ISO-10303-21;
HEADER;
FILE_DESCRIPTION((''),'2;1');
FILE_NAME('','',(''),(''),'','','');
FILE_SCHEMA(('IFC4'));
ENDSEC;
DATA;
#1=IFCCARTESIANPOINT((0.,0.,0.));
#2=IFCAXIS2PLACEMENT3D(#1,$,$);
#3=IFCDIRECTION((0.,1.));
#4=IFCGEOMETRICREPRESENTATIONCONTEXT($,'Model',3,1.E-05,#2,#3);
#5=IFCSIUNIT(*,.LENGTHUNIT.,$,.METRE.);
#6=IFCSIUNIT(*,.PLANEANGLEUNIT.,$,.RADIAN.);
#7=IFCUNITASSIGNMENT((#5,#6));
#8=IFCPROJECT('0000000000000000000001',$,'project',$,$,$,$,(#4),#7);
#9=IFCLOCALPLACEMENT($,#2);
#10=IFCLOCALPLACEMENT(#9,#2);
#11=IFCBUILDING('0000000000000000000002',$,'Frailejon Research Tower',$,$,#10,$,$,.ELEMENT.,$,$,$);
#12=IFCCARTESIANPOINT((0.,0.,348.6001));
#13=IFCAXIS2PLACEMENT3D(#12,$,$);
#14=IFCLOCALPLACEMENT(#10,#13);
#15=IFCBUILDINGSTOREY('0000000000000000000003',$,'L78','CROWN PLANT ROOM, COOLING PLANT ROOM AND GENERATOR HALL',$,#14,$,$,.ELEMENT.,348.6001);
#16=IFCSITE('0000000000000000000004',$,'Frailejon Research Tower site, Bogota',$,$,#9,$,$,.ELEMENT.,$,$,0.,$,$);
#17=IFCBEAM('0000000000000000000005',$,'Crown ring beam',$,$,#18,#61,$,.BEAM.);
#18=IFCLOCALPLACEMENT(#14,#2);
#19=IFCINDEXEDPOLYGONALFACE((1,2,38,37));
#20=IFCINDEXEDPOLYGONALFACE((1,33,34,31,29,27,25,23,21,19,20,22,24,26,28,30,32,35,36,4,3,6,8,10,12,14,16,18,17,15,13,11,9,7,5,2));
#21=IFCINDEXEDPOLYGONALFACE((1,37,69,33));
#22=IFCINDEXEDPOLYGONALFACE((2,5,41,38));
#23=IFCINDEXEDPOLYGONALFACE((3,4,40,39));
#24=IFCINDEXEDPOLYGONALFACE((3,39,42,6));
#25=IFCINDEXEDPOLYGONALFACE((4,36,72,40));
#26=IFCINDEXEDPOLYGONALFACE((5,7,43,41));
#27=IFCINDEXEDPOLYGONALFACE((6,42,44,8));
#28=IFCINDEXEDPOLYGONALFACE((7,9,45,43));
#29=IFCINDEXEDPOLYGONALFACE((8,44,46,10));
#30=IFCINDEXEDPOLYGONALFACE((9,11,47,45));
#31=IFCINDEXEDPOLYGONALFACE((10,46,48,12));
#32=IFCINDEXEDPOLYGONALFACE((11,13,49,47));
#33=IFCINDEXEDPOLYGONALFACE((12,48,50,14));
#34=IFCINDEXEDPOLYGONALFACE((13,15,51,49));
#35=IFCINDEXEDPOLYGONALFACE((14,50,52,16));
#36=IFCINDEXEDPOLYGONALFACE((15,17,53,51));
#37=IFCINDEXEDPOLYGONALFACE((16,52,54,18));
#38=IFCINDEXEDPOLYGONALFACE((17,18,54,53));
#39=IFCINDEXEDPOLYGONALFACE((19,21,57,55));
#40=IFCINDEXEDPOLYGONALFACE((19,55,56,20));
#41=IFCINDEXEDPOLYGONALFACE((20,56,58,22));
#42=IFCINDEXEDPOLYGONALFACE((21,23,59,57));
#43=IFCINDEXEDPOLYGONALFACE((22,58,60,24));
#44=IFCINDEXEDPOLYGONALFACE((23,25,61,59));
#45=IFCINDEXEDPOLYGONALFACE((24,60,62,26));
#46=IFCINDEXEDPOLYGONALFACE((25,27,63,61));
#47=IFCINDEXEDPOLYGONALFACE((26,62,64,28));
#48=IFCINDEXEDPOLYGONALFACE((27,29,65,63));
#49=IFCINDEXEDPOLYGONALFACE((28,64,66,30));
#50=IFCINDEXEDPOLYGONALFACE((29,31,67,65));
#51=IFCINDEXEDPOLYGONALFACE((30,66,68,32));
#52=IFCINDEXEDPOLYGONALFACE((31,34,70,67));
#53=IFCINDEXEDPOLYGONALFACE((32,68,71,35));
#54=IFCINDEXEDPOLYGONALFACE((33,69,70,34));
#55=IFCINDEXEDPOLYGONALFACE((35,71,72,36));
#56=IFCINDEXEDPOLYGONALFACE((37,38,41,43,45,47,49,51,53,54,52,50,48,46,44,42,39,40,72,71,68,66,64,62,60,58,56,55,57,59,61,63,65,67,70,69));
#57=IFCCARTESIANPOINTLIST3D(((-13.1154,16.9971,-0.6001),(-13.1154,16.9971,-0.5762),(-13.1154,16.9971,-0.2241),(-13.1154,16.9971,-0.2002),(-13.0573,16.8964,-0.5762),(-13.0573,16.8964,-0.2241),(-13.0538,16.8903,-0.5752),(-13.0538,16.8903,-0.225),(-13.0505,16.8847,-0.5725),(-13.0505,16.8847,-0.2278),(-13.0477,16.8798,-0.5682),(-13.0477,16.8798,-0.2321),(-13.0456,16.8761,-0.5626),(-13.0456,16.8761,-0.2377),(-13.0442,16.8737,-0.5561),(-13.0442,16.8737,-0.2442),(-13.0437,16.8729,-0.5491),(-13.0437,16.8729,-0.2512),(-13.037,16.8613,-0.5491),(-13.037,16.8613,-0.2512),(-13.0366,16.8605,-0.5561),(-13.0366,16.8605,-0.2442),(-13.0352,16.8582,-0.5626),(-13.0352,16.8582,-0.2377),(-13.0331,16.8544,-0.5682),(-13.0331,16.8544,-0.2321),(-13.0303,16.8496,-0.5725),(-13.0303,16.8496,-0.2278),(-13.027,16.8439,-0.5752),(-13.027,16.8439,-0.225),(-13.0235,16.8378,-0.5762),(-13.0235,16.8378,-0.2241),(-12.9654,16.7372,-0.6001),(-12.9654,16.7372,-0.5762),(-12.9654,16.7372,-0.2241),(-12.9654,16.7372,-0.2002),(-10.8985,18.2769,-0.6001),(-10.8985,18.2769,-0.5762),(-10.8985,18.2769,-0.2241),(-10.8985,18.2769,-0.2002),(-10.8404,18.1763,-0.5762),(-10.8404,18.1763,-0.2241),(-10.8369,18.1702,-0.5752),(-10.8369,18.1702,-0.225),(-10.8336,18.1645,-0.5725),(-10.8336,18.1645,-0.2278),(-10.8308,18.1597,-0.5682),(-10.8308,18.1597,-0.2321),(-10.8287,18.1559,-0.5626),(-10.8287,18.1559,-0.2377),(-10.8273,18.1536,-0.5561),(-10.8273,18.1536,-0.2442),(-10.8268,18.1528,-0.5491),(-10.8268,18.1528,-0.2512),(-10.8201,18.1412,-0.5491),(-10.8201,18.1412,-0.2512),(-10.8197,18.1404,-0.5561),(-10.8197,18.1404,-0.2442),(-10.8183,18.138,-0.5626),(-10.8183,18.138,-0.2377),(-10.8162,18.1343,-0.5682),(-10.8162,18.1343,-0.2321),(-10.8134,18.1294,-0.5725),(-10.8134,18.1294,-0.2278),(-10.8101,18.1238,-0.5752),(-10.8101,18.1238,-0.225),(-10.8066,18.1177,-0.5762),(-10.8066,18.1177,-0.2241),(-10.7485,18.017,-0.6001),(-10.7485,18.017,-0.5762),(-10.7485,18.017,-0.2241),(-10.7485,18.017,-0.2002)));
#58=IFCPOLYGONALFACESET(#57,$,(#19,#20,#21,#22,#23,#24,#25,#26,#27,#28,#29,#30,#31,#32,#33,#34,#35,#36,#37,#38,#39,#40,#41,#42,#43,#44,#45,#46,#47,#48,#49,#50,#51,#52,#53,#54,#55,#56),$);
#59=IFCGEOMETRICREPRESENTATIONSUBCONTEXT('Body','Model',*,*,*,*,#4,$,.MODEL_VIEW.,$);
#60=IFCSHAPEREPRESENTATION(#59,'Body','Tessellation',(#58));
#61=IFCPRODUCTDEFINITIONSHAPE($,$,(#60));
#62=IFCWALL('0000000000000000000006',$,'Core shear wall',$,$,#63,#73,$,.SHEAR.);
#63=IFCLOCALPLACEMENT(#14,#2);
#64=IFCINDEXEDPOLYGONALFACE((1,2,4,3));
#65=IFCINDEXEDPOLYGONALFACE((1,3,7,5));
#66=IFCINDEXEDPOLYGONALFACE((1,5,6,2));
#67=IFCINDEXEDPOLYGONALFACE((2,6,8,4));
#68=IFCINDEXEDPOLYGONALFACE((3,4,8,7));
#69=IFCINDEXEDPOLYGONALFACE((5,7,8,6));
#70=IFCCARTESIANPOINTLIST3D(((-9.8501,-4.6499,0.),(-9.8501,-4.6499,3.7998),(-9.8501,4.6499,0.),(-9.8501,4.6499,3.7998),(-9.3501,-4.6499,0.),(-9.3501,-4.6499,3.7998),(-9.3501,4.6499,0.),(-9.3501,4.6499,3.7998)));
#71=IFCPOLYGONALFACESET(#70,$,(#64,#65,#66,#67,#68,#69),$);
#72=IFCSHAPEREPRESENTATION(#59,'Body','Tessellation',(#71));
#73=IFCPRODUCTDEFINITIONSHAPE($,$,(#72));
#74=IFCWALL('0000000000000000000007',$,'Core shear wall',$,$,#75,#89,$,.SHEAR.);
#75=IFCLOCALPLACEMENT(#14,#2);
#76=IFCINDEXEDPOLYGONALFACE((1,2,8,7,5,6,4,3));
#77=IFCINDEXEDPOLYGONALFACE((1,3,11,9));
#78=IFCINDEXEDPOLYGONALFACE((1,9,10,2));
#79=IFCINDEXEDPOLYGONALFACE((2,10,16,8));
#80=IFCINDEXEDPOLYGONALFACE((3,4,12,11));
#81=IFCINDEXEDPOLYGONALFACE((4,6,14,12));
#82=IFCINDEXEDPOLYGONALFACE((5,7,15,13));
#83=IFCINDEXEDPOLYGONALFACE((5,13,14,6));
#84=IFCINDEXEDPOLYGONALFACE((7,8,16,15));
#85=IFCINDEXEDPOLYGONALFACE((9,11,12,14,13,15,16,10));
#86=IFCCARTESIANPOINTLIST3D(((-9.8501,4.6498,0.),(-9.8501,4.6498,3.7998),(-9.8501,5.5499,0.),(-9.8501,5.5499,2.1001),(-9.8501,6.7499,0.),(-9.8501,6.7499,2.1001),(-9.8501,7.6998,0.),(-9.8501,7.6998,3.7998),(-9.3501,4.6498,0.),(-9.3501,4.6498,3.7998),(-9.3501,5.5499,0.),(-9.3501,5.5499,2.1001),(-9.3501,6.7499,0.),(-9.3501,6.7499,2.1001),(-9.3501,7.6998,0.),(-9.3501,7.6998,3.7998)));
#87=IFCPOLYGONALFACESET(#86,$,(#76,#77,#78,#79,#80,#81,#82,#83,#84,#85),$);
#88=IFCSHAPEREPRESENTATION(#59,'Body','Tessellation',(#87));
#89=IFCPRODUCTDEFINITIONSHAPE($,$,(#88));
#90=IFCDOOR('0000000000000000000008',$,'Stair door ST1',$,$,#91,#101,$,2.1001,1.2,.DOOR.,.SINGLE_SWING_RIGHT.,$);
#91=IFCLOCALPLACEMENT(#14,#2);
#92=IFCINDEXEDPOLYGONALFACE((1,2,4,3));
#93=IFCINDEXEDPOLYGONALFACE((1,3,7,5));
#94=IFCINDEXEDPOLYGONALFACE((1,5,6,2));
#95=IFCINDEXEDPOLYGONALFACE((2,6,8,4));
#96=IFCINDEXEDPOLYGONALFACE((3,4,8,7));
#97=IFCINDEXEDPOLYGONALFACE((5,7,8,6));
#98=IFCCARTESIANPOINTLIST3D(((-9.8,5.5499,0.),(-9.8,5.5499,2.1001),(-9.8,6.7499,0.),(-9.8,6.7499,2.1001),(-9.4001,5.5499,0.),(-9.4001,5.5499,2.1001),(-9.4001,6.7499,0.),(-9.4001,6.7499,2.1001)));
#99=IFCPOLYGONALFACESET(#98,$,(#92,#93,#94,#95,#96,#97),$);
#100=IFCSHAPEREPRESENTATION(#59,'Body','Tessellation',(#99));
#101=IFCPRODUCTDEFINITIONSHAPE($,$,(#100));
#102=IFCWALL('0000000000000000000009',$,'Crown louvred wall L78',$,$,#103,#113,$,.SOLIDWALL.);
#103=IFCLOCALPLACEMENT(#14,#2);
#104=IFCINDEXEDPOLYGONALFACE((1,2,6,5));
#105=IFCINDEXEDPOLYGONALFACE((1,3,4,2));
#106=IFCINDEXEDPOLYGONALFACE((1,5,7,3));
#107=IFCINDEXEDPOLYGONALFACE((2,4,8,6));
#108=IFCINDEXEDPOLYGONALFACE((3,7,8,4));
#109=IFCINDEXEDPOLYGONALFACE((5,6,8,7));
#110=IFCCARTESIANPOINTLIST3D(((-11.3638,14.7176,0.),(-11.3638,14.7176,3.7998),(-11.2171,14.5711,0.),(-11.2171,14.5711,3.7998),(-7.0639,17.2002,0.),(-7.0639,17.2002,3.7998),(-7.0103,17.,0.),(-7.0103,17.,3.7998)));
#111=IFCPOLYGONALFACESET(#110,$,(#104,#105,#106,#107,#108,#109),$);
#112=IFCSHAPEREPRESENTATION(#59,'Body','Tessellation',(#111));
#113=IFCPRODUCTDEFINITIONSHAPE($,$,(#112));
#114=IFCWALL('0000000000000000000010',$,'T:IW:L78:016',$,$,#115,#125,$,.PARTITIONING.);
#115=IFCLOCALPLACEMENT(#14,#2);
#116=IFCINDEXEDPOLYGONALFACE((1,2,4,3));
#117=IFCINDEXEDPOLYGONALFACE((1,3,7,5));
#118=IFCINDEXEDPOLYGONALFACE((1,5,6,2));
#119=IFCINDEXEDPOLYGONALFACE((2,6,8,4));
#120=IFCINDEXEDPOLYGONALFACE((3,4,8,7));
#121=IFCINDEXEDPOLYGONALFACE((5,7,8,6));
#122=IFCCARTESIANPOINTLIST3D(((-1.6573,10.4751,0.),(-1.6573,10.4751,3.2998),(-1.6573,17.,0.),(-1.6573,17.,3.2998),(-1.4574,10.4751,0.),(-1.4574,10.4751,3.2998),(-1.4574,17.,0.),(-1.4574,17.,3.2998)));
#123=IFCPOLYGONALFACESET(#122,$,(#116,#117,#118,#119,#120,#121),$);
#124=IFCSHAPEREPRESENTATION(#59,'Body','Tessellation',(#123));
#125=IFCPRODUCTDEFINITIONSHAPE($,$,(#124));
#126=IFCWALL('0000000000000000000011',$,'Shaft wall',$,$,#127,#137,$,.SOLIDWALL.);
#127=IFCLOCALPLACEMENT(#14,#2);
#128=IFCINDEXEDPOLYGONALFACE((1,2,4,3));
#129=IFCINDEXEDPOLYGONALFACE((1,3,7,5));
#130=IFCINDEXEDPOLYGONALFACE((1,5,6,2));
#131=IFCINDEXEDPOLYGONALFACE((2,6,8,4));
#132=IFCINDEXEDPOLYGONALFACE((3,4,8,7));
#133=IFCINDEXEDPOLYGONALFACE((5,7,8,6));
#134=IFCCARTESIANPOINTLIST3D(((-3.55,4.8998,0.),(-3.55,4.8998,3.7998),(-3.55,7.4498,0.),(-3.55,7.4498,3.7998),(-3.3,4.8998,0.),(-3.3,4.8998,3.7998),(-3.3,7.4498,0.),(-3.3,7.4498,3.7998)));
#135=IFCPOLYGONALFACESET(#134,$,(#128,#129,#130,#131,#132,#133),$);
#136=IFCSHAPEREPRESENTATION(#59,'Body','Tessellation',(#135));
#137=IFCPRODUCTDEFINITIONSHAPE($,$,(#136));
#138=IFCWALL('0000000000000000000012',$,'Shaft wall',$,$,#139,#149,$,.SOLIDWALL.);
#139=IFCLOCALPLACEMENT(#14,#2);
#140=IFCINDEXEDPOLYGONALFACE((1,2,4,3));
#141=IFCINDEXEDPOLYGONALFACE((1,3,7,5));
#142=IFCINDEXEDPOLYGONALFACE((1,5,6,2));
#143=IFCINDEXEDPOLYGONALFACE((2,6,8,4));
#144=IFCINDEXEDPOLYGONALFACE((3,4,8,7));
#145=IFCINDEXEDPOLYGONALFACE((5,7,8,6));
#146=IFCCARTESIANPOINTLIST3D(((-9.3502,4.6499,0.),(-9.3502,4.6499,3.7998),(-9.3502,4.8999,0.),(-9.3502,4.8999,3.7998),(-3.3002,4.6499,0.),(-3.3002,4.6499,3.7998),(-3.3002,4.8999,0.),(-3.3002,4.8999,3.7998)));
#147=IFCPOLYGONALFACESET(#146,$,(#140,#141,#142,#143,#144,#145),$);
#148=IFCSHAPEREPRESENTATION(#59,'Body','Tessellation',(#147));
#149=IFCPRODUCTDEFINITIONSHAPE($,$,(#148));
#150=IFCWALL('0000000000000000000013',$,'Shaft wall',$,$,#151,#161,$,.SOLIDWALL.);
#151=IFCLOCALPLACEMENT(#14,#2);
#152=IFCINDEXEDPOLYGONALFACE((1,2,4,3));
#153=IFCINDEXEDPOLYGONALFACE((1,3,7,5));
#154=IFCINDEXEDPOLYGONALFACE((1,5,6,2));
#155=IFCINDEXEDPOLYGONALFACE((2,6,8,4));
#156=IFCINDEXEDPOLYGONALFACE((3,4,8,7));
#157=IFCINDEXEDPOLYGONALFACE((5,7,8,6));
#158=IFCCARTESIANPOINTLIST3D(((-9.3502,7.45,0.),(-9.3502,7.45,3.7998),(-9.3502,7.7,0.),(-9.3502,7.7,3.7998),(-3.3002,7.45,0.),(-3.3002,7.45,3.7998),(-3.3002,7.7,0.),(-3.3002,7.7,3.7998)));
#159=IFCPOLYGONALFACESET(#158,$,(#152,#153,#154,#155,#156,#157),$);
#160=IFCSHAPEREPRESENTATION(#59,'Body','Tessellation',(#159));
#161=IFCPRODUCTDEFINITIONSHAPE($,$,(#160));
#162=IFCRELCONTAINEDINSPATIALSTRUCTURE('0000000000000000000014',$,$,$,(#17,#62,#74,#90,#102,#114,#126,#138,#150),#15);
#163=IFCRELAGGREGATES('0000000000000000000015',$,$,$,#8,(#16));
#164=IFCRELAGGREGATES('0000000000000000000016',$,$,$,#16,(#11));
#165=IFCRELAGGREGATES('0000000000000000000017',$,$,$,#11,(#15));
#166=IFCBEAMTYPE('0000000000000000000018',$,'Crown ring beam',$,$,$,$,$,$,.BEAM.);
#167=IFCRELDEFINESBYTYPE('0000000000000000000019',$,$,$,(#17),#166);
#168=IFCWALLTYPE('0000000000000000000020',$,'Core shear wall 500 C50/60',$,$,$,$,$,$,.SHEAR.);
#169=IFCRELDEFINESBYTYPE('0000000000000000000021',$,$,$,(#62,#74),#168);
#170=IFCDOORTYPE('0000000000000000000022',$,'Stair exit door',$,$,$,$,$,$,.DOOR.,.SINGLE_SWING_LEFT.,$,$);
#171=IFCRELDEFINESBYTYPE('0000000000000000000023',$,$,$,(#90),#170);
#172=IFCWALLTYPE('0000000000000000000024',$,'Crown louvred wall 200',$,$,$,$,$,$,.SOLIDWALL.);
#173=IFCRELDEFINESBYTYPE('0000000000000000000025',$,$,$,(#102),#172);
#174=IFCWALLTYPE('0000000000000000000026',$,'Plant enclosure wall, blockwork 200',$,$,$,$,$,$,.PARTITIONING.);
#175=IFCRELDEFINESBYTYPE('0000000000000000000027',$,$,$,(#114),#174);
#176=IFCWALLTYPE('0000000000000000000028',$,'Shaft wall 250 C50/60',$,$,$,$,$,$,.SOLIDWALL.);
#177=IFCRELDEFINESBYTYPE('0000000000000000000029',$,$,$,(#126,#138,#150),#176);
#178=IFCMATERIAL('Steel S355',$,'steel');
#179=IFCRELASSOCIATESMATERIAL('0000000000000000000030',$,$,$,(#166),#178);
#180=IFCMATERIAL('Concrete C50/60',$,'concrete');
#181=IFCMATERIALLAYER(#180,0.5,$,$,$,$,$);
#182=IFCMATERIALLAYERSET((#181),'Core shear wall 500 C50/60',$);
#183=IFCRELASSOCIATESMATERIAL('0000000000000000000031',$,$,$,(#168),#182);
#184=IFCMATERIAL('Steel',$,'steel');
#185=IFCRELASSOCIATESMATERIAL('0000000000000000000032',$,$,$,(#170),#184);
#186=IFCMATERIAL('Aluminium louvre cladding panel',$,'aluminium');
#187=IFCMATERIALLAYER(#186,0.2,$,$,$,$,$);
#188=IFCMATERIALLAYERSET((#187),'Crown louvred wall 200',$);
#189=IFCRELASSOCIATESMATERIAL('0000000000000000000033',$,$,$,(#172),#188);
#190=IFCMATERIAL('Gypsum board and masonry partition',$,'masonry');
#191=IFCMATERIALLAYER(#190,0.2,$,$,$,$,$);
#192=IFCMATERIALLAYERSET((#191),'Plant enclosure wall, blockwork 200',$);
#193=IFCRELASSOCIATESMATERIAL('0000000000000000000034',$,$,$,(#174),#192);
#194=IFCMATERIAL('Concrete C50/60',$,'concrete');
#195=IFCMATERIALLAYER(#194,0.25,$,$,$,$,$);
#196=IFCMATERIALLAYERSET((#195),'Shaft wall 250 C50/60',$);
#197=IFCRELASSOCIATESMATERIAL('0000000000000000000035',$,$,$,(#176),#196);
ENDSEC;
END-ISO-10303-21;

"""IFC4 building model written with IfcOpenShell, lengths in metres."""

from ifc_helpers import new_model, si_unit, direction, frame, frame_2d, origin, origin_2d, place, context, subcontext, project, spatial, polyline, rectangle, i_section, outline, extrude, material, layer, layer_set, material_profile, profile_set, type_object, element, fill, save


model = new_model("IFC4")

# Units and contexts
model_context = context("Model", 3, precision=1e-05, world=origin(), true_north=direction((0.0, 1.0)))
body_context = subcontext(model_context, "Body", "Model", "MODEL_VIEW")
ifc_project = project(units=[si_unit("LENGTHUNIT", "METRE"), si_unit("PLANEANGLEUNIT", "RADIAN")], contexts=[model_context])

# Site, building, storey
site_placement = place(None, origin())
site = spatial("IfcSite", under=ifc_project, at=site_placement, Name="Frailejon Research Tower site, Bogota", CompositionType="ELEMENT", RefElevation=0.0)
building_placement = place(site_placement, origin())
building = spatial("IfcBuilding", under=site, at=building_placement, Name="Frailejon Research Tower", CompositionType="ELEMENT")
storey_placement = place(building_placement, frame((0.0, 0.0, 348.6001)))
storey = spatial("IfcBuildingStorey", under=building, at=storey_placement, Name="L78", Description="CROWN PLANT ROOM, COOLING PLANT ROOM AND GENERATOR HALL", CompositionType="ELEMENT", Elevation=348.6001)

# Beam
ifc_material_1 = material(Name="Steel S355", Category="steel")
ifc_material_profile_1 = material_profile(ifc_material_1, i_section(OverallWidth=0.3, OverallDepth=0.3999, WebThickness=0.0134, FlangeThickness=0.0239, FilletRadius=0.0271, at=origin_2d()), Name="HE 400 B")
ifc_profile_set_1 = profile_set([ifc_material_profile_1], Name="Steel S355")
beam_type_1 = type_object("IfcBeamType", Name="Crown ring beam", PredefinedType="BEAM", material=ifc_profile_set_1)
beam_1_placement = place(storey_placement, frame((-10.8235, 18.147, -0.4001), z_axis=(-0.866039, -0.499976, 0.0), x_axis=(0.499976, -0.866039, 0.0)))
element("IfcBeam", 1, at=beam_1_placement, inside=storey, type_object=beam_type_1, Name="Crown ring beam", PredefinedType="BEAM", context=body_context, shape_type="SweptSolid", body=[
    extrude(i_section(OverallWidth=0.3, OverallDepth=0.3999, WebThickness=0.0134, FlangeThickness=0.0239, FilletRadius=0.0271, at=origin_2d()), origin(), (0.0, 0.0, 1.0), 2.5598),
])

# Wall
ifc_material_2 = material(Name="Concrete C50/60", Category="concrete")
ifc_layer_1 = layer(ifc_material_2, 0.5)
ifc_layer_set_1 = layer_set([ifc_layer_1], Name="Core shear wall 500 C50/60")
wall_type_1 = type_object("IfcWallType", Name="Core shear wall 500 C50/60", PredefinedType="SHEAR", material=ifc_layer_set_1)
wall_1_placement = place(storey_placement, frame((-9.6001, 4.6499, 0.0), z_axis=(0.0, 0.0, 1.0), x_axis=(0.0, -1.0, 0.0)))
element("IfcWall", 2, at=wall_1_placement, inside=storey, type_object=wall_type_1, Name="Core shear wall", PredefinedType="SHEAR", context=body_context, shape_type="SweptSolid", body=[
    extrude(rectangle(XDim=9.2998, YDim=0.5, at=frame_2d((4.6499, 0.0))), origin(), (0.0, 0.0, 1.0), 3.7998),
])

# Wall, opening, door
wall_2_placement = place(storey_placement, frame((-9.6001, 4.6499, 0.0), z_axis=(0.0, 0.0, 1.0), x_axis=(0.0, 1.0, 0.0)))
wall_2 = element("IfcWall", 3, at=wall_2_placement, inside=storey, type_object=wall_type_1, Name="Core shear wall", PredefinedType="SHEAR", context=body_context, shape_type="SweptSolid", body=[
    extrude(rectangle(XDim=3.05, YDim=0.5, at=frame_2d((1.5249, 0.0))), origin(), (0.0, 0.0, 1.0), 3.7998),
])
opening_placement = place(wall_2_placement, frame((0.8999, 0.0, 0.0)))
opening = element("IfcOpeningElement", 4, at=opening_placement, cuts=wall_2, PredefinedType="OPENING", context=body_context, shape_type="SweptSolid", body=[
    extrude(rectangle(XDim=1.2, YDim=2.1001, at=frame_2d((0.6001, 1.05))), frame((0.0, 0.26, 0.0), z_axis=(0.0, -1.0, 0.0), x_axis=(1.0, 0.0, 0.0)), (0.0, 0.0, 1.0), 0.52),
])
ifc_material_3 = material(Name="Steel", Category="steel")
door_type = type_object("IfcDoorType", Name="Stair exit door", OperationType="SINGLE_SWING_LEFT", PredefinedType="DOOR", material=ifc_material_3)
door_placement = place(opening_placement, origin())
door = element("IfcDoor", 5, at=door_placement, inside=storey, type_object=door_type, Name="Stair door ST1", OperationType="SINGLE_SWING_RIGHT", OverallHeight=2.1001, OverallWidth=1.2, PredefinedType="DOOR", context=body_context, shape_type="SweptSolid", body=[
    extrude(rectangle(XDim=1.2, YDim=2.1001, at=frame_2d((0.6001, 1.05))), frame((0.0, 0.2, 0.0), z_axis=(0.0, -1.0, 0.0), x_axis=(1.0, 0.0, 0.0)), (0.0, 0.0, 1.0), 0.3999),
])
fill(opening, door)

# Walls
ifc_material_4 = material(Name="Aluminium louvre cladding panel", Category="aluminium")
ifc_layer_2 = layer(ifc_material_4, 0.2)
ifc_layer_set_2 = layer_set([ifc_layer_2], Name="Crown louvred wall 200")
wall_type_2 = type_object("IfcWallType", Name="Crown louvred wall 200", PredefinedType="SOLIDWALL", material=ifc_layer_set_2)
wall_3_placement = place(storey_placement, frame((-7.0371, 17.1001, 0.0), z_axis=(0.0, 0.0, 1.0), x_axis=(-0.866017, -0.500015, 0.0)))
element("IfcWall", 6, at=wall_3_placement, inside=storey, type_object=wall_type_2, Name="Crown louvred wall L78", PredefinedType="SOLIDWALL", context=body_context, shape_type="SweptSolid", body=[
    extrude(outline(polyline([(-0.0269, -0.1001), (4.9382, -0.1001), (4.8845, 0.1001), (0.0269, 0.1001), (-0.0269, -0.1001)])), origin(), (0.0, 0.0, 1.0), 3.7998),
])
ifc_material_5 = material(Name="Gypsum board and masonry partition", Category="masonry")
ifc_layer_3 = layer(ifc_material_5, 0.2)
ifc_layer_set_3 = layer_set([ifc_layer_3], Name="Plant enclosure wall, blockwork 200")
wall_type_3 = type_object("IfcWallType", Name="Plant enclosure wall, blockwork 200", PredefinedType="PARTITIONING", material=ifc_layer_set_3)
wall_4_placement = place(storey_placement, frame((-1.5574, 10.4751, 0.0), z_axis=(0.0, 0.0, 1.0), x_axis=(0.0, 1.0, 0.0)))
element("IfcWall", 7, at=wall_4_placement, inside=storey, type_object=wall_type_3, Name="T:IW:L78:016", PredefinedType="PARTITIONING", context=body_context, shape_type="SweptSolid", body=[
    extrude(rectangle(XDim=6.5249, YDim=0.2, at=frame_2d((3.2625, 0.0))), origin(), (0.0, 0.0, 1.0), 3.2998),
])
ifc_material_6 = material(Name="Concrete C50/60", Category="concrete")
ifc_layer_4 = layer(ifc_material_6, 0.25)
ifc_layer_set_4 = layer_set([ifc_layer_4], Name="Shaft wall 250 C50/60")
wall_type_4 = type_object("IfcWallType", Name="Shaft wall 250 C50/60", PredefinedType="SOLIDWALL", material=ifc_layer_set_4)
wall_5_placement = place(storey_placement, frame((-3.425, 4.8999, 0.0), z_axis=(0.0, 0.0, 1.0), x_axis=(0.0, 1.0, 0.0)))
element("IfcWall", 8, at=wall_5_placement, inside=storey, type_object=wall_type_4, Name="Shaft wall", PredefinedType="SOLIDWALL", context=body_context, shape_type="SweptSolid", body=[
    extrude(rectangle(XDim=2.55, YDim=0.25, at=frame_2d((1.2749, 0.0))), origin(), (0.0, 0.0, 1.0), 3.7998),
])
for number, where, z_axis, x_axis, name in (
    (9, (-9.3501, 4.7749, 0.0), (0.0, 0.0, 1.0), (1.0, 0.0, 0.0), "Shaft wall"),
    (10, (-9.3501, 7.575, 0.0), (0.0, 0.0, 1.0), (1.0, 0.0, 0.0), "Shaft wall"),
):
    element("IfcWall", number, at=place(storey_placement, frame(where, z_axis=z_axis, x_axis=x_axis)), inside=storey, type_object=wall_type_4, Name=name, PredefinedType="SOLIDWALL", context=body_context, shape_type="SweptSolid", body=[
        extrude(rectangle(XDim=6.05, YDim=0.25, at=frame_2d((3.0249, 0.0))), origin(), (0.0, 0.0, 1.0), 3.7998),
    ])

save(model, "model.ifc")
